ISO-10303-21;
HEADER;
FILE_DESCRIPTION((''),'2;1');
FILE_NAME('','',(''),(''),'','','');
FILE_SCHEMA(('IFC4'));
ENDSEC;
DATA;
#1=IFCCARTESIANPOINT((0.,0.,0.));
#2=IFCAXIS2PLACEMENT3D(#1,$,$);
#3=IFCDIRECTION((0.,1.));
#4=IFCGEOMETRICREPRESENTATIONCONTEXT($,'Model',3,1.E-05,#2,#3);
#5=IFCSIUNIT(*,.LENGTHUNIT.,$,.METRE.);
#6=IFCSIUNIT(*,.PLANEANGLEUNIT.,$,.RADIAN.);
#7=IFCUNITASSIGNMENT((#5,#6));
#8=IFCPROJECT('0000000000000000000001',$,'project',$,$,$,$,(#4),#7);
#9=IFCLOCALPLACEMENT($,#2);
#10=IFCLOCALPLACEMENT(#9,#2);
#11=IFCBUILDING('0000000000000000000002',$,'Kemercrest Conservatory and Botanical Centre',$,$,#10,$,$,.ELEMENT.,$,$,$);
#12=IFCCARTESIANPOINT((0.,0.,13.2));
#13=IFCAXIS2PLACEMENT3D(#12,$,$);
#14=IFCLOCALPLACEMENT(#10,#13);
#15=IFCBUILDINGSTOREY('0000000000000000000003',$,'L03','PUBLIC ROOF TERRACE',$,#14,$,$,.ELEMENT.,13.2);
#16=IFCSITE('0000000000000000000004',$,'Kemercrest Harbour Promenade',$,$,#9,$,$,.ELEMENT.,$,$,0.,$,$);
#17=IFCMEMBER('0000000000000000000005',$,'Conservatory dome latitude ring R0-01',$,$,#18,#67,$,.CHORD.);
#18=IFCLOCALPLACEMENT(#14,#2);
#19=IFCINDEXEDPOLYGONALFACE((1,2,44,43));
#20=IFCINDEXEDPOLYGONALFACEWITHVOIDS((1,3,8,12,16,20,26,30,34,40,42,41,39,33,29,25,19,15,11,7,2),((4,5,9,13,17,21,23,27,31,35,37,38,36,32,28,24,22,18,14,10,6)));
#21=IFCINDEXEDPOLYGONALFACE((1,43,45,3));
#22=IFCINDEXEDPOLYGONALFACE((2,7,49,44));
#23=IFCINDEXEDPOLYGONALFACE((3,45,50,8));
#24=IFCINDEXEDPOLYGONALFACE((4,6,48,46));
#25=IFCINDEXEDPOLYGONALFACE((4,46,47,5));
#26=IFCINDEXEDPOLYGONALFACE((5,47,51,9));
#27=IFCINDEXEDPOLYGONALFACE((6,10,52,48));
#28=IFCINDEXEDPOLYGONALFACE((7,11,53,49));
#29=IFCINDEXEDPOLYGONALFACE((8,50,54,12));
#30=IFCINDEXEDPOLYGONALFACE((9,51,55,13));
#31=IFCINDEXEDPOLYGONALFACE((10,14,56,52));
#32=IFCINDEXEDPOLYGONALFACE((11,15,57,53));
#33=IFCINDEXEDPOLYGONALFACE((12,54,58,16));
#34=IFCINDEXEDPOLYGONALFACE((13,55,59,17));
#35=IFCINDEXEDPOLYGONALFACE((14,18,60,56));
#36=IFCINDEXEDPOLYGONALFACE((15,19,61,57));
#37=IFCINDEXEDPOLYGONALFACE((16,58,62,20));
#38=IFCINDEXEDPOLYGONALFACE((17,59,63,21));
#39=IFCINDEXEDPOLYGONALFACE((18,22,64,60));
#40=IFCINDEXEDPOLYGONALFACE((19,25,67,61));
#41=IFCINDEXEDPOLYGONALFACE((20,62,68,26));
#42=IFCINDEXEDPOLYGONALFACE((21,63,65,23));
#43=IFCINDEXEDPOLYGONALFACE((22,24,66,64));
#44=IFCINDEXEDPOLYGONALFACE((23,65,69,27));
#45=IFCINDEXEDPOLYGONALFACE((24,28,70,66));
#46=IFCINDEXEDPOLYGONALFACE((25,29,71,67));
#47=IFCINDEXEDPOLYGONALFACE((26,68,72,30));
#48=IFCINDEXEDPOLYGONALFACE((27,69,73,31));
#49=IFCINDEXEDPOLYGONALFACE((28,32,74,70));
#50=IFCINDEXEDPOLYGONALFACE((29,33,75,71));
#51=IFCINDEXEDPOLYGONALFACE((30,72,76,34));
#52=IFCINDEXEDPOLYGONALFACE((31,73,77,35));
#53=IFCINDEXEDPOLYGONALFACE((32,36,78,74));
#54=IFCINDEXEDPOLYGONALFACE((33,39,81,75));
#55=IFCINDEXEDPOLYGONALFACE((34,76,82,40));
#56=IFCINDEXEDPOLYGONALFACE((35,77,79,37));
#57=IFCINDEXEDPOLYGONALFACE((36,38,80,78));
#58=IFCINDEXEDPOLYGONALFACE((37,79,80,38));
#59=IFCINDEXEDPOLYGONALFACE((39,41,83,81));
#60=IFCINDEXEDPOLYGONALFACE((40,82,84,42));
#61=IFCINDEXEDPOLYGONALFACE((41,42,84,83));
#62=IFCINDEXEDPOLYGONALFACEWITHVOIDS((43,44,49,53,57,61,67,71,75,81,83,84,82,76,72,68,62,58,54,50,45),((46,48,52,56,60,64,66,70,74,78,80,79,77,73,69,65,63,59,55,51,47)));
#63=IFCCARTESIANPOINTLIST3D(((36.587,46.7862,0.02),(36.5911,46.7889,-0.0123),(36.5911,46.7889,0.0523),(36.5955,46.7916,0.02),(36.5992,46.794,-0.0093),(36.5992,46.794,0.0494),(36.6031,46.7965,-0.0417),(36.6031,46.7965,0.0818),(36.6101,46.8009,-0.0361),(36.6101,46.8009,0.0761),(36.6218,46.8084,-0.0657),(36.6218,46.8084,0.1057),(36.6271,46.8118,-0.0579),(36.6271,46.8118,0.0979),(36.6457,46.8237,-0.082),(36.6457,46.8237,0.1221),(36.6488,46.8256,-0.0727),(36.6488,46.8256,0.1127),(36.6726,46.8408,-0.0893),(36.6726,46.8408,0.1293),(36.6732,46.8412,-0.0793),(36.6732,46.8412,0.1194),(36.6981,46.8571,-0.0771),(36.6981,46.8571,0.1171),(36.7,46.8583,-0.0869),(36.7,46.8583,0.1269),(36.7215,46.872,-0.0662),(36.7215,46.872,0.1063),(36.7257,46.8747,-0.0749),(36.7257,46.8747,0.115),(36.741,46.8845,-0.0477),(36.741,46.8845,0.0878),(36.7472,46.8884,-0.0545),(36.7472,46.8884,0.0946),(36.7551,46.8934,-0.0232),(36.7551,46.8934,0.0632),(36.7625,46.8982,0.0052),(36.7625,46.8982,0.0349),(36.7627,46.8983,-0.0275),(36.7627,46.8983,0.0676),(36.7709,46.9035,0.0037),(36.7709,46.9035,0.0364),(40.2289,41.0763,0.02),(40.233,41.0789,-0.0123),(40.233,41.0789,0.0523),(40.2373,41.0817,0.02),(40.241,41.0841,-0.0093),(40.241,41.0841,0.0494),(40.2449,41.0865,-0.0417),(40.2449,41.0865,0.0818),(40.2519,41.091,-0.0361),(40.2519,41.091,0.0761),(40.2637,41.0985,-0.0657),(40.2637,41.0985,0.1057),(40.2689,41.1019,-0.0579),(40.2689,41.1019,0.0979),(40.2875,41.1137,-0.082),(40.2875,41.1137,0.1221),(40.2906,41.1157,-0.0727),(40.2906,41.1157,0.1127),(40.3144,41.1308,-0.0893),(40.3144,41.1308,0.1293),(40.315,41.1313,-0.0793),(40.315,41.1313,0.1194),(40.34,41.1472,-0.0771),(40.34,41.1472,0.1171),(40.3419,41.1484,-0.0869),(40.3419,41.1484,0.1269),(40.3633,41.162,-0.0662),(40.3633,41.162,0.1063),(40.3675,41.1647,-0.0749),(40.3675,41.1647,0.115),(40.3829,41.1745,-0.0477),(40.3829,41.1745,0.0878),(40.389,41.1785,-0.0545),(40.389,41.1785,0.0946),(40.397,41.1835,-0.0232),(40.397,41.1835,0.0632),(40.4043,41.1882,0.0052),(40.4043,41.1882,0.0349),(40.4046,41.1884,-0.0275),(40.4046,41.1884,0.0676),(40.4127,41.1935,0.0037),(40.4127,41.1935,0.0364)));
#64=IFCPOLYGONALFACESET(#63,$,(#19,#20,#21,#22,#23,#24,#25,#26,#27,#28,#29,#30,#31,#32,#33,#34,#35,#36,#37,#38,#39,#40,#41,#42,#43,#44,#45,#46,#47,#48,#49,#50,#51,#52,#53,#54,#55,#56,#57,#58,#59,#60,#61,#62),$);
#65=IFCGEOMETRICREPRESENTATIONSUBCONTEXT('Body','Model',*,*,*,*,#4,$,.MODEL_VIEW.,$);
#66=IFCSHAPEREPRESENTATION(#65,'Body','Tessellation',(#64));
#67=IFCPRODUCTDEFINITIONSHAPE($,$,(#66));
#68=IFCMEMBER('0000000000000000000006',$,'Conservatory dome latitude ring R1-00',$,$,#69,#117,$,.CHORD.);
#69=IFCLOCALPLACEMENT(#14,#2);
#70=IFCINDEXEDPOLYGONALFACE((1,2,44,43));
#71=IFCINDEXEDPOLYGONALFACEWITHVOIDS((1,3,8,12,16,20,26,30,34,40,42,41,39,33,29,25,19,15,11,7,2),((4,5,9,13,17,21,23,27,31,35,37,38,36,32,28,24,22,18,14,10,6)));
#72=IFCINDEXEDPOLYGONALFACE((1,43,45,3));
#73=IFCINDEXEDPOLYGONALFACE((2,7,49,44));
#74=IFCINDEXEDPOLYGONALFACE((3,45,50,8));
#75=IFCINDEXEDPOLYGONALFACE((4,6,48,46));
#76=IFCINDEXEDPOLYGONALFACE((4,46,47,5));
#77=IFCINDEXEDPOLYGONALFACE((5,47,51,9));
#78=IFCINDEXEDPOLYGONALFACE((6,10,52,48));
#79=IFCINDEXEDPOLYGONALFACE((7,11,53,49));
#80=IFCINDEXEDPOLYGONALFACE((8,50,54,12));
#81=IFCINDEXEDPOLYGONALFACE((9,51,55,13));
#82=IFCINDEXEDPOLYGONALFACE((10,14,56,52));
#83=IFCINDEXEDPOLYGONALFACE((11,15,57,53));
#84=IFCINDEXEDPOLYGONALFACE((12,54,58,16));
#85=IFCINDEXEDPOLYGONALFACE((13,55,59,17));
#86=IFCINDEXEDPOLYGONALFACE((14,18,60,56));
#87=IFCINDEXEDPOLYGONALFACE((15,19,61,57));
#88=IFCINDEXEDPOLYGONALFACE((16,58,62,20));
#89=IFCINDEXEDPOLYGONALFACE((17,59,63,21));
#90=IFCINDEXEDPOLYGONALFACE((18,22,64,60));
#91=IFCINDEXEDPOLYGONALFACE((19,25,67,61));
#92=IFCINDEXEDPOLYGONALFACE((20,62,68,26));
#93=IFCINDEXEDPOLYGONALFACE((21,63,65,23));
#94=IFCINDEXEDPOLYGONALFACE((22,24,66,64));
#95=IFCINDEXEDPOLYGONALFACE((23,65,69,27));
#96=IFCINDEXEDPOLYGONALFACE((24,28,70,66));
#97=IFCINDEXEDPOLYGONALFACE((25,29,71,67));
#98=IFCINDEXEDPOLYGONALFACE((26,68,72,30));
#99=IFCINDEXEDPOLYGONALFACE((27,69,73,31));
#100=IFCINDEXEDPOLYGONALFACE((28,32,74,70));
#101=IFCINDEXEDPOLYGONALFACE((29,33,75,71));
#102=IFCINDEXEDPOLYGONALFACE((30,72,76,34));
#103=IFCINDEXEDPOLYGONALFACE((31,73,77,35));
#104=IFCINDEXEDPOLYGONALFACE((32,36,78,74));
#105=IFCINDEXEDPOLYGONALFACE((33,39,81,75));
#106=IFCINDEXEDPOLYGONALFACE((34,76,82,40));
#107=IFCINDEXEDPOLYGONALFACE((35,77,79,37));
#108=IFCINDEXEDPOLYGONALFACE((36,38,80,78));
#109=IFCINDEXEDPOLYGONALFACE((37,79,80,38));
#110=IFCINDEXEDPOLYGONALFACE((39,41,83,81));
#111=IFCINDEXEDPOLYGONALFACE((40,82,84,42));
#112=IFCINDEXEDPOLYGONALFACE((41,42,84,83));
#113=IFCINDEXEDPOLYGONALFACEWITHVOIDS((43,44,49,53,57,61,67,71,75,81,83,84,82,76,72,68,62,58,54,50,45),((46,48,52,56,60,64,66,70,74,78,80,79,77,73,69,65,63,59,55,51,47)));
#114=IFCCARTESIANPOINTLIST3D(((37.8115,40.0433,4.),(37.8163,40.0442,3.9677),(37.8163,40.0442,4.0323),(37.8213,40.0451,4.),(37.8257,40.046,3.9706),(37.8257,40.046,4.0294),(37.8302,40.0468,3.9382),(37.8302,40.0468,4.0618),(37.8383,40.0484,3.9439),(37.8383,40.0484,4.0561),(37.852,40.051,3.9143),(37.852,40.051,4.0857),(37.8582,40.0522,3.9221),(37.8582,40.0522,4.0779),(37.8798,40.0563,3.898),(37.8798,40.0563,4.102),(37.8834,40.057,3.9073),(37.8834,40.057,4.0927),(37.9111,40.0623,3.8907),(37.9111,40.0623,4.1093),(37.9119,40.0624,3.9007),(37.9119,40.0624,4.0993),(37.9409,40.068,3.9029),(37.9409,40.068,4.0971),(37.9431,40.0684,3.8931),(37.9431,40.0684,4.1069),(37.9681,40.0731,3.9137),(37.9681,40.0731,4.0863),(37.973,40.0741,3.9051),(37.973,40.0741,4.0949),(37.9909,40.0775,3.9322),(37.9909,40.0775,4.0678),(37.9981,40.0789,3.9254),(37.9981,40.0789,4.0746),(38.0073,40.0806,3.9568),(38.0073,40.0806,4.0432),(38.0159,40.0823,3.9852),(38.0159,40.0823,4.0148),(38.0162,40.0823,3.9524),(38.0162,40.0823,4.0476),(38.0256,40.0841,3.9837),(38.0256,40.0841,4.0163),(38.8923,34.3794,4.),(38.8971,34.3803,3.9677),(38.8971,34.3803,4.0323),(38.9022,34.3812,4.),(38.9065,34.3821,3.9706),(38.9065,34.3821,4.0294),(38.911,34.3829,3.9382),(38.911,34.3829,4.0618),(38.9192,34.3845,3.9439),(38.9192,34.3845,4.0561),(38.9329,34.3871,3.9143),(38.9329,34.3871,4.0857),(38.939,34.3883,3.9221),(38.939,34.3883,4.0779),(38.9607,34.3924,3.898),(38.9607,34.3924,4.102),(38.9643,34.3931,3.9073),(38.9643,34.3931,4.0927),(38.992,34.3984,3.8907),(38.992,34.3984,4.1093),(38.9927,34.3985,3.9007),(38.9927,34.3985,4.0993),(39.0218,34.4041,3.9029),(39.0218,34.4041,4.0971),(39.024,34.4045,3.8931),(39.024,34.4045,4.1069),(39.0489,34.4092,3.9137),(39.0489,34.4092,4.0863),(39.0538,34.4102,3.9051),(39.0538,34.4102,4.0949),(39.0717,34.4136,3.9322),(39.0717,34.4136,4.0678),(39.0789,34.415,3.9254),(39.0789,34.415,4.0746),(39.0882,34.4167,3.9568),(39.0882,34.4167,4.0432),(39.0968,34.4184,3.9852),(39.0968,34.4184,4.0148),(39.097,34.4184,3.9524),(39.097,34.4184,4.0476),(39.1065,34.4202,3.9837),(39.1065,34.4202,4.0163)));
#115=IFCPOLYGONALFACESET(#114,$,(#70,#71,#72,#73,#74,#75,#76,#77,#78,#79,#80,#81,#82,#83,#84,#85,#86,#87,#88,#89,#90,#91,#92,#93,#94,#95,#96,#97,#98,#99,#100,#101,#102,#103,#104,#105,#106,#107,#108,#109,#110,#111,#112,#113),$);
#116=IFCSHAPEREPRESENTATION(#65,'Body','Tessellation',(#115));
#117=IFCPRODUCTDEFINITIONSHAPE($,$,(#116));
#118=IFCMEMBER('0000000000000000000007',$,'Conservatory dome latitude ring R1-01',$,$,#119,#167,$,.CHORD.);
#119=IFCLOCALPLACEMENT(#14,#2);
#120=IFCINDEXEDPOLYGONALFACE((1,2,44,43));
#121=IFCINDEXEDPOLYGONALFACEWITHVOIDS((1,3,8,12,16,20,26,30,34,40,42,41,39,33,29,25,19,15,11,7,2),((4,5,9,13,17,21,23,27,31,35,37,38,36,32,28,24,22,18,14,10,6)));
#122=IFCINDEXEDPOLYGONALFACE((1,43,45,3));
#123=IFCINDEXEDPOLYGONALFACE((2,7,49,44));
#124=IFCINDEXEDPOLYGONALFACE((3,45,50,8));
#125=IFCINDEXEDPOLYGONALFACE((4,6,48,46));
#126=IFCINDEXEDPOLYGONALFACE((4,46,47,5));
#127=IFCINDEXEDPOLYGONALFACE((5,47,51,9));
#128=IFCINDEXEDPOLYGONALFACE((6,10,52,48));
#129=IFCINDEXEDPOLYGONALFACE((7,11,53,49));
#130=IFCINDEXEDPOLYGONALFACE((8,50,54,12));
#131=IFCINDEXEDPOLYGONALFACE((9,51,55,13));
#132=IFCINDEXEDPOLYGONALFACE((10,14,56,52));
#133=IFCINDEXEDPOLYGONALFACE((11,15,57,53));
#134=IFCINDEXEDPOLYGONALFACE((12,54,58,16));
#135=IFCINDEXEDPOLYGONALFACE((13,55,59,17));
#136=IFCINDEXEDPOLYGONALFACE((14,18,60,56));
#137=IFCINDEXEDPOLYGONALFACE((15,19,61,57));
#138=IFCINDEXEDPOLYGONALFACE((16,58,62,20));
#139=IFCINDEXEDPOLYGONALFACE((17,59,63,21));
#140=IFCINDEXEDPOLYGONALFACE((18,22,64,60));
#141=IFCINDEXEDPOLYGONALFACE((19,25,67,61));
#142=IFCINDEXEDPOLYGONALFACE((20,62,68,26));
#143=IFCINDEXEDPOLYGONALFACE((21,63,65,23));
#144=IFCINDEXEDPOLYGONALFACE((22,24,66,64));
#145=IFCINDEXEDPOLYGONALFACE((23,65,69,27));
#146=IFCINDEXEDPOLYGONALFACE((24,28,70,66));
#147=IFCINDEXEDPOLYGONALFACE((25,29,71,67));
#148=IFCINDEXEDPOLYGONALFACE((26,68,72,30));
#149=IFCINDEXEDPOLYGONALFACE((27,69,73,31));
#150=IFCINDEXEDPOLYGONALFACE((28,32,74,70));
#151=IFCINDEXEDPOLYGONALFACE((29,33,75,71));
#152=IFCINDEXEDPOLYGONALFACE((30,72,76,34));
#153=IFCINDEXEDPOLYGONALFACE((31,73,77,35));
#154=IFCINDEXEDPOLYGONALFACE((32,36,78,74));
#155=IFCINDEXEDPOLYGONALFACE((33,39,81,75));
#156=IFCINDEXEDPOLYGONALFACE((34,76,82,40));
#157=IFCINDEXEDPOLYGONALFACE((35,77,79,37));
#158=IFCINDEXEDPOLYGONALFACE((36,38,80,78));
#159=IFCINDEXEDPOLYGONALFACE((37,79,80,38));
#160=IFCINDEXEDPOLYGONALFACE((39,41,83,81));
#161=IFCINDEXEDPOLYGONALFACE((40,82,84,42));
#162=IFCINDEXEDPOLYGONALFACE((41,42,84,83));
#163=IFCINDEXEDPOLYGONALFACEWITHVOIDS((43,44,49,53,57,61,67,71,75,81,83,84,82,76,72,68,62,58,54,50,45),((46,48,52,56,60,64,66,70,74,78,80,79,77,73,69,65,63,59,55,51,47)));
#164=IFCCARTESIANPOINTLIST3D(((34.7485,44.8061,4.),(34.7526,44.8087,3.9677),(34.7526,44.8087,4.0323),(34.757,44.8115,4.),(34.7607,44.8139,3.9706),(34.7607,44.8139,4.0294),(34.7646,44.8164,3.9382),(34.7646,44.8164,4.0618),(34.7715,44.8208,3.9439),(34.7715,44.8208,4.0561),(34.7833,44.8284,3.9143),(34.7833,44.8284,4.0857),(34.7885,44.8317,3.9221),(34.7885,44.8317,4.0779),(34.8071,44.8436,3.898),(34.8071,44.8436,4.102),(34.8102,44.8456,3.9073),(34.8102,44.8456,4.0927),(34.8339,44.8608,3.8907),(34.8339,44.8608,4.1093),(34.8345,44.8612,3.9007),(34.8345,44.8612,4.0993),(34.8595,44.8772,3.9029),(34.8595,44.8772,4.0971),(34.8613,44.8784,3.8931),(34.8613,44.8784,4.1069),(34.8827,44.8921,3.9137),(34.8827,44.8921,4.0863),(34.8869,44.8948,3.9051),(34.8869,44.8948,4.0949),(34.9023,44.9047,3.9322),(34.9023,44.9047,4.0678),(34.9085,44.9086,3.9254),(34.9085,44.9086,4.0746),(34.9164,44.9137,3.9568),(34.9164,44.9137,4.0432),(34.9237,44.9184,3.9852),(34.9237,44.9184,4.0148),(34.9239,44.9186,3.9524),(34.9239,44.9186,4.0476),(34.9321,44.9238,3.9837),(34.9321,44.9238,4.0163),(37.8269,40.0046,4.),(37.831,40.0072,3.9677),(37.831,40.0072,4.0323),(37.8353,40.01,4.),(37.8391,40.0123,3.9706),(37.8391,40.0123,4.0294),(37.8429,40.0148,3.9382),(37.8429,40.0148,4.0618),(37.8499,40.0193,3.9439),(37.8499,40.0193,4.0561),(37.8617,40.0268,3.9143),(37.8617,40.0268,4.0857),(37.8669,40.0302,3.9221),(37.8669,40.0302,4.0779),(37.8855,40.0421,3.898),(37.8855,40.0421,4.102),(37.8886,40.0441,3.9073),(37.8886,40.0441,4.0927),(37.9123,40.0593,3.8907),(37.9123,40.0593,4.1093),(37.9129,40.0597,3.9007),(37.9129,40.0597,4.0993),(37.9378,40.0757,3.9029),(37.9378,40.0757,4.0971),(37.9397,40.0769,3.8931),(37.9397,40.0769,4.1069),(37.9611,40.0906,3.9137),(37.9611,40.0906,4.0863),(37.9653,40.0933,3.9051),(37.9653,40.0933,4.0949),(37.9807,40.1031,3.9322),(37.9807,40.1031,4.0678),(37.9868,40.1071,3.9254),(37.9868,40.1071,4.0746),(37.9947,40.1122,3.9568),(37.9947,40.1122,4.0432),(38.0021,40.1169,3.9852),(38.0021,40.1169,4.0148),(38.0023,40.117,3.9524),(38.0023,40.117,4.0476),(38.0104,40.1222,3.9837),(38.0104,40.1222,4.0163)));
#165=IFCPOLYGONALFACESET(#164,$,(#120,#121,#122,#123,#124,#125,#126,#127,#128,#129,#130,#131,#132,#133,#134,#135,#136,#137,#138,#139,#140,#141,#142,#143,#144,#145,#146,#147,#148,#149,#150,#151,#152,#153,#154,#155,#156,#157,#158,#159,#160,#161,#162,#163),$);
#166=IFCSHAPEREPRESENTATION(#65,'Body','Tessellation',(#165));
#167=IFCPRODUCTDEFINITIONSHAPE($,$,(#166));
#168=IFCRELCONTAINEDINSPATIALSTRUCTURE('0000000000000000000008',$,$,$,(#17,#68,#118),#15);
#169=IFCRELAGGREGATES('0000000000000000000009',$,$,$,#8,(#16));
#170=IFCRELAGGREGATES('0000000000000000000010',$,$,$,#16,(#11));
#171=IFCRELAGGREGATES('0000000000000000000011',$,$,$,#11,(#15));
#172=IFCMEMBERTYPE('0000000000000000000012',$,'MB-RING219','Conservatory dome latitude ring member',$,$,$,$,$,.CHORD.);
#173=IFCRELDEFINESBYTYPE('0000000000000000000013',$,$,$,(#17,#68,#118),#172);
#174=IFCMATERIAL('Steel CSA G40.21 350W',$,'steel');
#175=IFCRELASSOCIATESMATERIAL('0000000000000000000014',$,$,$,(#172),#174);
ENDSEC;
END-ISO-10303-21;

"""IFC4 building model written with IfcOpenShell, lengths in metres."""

from ifc_helpers import new_model, si_unit, direction, frame, origin, origin_2d, place, context, subcontext, project, spatial, hollow_circle, extrude, material, material_profile, profile_set, type_object, element, save


model = new_model("IFC4")

# Units and contexts
model_context = context("Model", 3, precision=1e-05, world=origin(), true_north=direction((0.0, 1.0)))
body_context = subcontext(model_context, "Body", "Model", "MODEL_VIEW")
ifc_project = project(units=[si_unit("LENGTHUNIT", "METRE"), si_unit("PLANEANGLEUNIT", "RADIAN")], contexts=[model_context])

# Site, building, storey
site_placement = place(None, origin())
site = spatial("IfcSite", under=ifc_project, at=site_placement, Name="Kemercrest Harbour Promenade", CompositionType="ELEMENT", RefElevation=0.0)
building_placement = place(site_placement, origin())
building = spatial("IfcBuilding", under=site, at=building_placement, Name="Kemercrest Conservatory and Botanical Centre", CompositionType="ELEMENT")
storey_placement = place(building_placement, frame((0.0, 0.0, 13.2)))
storey = spatial("IfcBuildingStorey", under=building, at=storey_placement, Name="L03", Description="PUBLIC ROOF TERRACE", CompositionType="ELEMENT", Elevation=13.2)

# Shared definitions
ifc_material_1 = material(Name="Steel CSA G40.21 350W", Category="steel")

# Members
ifc_material_profile_1 = material_profile(ifc_material_1, hollow_circle(Radius=0.1096, WallThickness=0.01, at=origin_2d()), Name="CHS 219.1x10.0")
ifc_profile_set_1 = profile_set([ifc_material_profile_1], Name="Steel CSA G40.21 350W")
member_type_1 = type_object("IfcMemberType", Name="MB-RING219", Description="Conservatory dome latitude ring member", PredefinedType="CHORD", material=ifc_profile_set_1)
member_1_placement = place(storey_placement, frame((40.3213, 41.1353, 0.02), z_axis=(-0.537741, 0.84311, 0.0), x_axis=(-0.84311, -0.537741, 0.0)))
element("IfcMember", 1, at=member_1_placement, inside=storey, type_object=member_type_1, Name="Conservatory dome latitude ring R0-01", PredefinedType="CHORD", context=body_context, shape_type="SweptSolid", body=[
    extrude(hollow_circle(Radius=0.1096, WallThickness=0.01, at=origin_2d()), origin(), (0.0, 0.0, 1.0), 6.7725),
])
member_2_placement = place(storey_placement, frame((39.0, 34.3999, 4.0), z_axis=(-0.187445, 0.982275, 0.0), x_axis=(-0.982275, -0.187445, 0.0)))
element("IfcMember", 2, at=member_2_placement, inside=storey, type_object=member_type_1, Name="Conservatory dome latitude ring R1-00", PredefinedType="CHORD", context=body_context, shape_type="SweptSolid", body=[
    extrude(hollow_circle(Radius=0.1096, WallThickness=0.01, at=origin_2d()), origin(), (0.0, 0.0, 1.0), 5.7661),
])
member_3_placement = place(storey_placement, frame((37.9192, 40.0637, 4.0), z_axis=(-0.539725, 0.841841, 0.0), x_axis=(-0.841841, -0.539725, 0.0)))
element("IfcMember", 3, at=member_3_placement, inside=storey, type_object=member_type_1, Name="Conservatory dome latitude ring R1-01", PredefinedType="CHORD", context=body_context, shape_type="SweptSolid", body=[
    extrude(hollow_circle(Radius=0.1096, WallThickness=0.01, at=origin_2d()), origin(), (0.0, 0.0, 1.0), 5.7036),
])

save(model, "model.ifc")
